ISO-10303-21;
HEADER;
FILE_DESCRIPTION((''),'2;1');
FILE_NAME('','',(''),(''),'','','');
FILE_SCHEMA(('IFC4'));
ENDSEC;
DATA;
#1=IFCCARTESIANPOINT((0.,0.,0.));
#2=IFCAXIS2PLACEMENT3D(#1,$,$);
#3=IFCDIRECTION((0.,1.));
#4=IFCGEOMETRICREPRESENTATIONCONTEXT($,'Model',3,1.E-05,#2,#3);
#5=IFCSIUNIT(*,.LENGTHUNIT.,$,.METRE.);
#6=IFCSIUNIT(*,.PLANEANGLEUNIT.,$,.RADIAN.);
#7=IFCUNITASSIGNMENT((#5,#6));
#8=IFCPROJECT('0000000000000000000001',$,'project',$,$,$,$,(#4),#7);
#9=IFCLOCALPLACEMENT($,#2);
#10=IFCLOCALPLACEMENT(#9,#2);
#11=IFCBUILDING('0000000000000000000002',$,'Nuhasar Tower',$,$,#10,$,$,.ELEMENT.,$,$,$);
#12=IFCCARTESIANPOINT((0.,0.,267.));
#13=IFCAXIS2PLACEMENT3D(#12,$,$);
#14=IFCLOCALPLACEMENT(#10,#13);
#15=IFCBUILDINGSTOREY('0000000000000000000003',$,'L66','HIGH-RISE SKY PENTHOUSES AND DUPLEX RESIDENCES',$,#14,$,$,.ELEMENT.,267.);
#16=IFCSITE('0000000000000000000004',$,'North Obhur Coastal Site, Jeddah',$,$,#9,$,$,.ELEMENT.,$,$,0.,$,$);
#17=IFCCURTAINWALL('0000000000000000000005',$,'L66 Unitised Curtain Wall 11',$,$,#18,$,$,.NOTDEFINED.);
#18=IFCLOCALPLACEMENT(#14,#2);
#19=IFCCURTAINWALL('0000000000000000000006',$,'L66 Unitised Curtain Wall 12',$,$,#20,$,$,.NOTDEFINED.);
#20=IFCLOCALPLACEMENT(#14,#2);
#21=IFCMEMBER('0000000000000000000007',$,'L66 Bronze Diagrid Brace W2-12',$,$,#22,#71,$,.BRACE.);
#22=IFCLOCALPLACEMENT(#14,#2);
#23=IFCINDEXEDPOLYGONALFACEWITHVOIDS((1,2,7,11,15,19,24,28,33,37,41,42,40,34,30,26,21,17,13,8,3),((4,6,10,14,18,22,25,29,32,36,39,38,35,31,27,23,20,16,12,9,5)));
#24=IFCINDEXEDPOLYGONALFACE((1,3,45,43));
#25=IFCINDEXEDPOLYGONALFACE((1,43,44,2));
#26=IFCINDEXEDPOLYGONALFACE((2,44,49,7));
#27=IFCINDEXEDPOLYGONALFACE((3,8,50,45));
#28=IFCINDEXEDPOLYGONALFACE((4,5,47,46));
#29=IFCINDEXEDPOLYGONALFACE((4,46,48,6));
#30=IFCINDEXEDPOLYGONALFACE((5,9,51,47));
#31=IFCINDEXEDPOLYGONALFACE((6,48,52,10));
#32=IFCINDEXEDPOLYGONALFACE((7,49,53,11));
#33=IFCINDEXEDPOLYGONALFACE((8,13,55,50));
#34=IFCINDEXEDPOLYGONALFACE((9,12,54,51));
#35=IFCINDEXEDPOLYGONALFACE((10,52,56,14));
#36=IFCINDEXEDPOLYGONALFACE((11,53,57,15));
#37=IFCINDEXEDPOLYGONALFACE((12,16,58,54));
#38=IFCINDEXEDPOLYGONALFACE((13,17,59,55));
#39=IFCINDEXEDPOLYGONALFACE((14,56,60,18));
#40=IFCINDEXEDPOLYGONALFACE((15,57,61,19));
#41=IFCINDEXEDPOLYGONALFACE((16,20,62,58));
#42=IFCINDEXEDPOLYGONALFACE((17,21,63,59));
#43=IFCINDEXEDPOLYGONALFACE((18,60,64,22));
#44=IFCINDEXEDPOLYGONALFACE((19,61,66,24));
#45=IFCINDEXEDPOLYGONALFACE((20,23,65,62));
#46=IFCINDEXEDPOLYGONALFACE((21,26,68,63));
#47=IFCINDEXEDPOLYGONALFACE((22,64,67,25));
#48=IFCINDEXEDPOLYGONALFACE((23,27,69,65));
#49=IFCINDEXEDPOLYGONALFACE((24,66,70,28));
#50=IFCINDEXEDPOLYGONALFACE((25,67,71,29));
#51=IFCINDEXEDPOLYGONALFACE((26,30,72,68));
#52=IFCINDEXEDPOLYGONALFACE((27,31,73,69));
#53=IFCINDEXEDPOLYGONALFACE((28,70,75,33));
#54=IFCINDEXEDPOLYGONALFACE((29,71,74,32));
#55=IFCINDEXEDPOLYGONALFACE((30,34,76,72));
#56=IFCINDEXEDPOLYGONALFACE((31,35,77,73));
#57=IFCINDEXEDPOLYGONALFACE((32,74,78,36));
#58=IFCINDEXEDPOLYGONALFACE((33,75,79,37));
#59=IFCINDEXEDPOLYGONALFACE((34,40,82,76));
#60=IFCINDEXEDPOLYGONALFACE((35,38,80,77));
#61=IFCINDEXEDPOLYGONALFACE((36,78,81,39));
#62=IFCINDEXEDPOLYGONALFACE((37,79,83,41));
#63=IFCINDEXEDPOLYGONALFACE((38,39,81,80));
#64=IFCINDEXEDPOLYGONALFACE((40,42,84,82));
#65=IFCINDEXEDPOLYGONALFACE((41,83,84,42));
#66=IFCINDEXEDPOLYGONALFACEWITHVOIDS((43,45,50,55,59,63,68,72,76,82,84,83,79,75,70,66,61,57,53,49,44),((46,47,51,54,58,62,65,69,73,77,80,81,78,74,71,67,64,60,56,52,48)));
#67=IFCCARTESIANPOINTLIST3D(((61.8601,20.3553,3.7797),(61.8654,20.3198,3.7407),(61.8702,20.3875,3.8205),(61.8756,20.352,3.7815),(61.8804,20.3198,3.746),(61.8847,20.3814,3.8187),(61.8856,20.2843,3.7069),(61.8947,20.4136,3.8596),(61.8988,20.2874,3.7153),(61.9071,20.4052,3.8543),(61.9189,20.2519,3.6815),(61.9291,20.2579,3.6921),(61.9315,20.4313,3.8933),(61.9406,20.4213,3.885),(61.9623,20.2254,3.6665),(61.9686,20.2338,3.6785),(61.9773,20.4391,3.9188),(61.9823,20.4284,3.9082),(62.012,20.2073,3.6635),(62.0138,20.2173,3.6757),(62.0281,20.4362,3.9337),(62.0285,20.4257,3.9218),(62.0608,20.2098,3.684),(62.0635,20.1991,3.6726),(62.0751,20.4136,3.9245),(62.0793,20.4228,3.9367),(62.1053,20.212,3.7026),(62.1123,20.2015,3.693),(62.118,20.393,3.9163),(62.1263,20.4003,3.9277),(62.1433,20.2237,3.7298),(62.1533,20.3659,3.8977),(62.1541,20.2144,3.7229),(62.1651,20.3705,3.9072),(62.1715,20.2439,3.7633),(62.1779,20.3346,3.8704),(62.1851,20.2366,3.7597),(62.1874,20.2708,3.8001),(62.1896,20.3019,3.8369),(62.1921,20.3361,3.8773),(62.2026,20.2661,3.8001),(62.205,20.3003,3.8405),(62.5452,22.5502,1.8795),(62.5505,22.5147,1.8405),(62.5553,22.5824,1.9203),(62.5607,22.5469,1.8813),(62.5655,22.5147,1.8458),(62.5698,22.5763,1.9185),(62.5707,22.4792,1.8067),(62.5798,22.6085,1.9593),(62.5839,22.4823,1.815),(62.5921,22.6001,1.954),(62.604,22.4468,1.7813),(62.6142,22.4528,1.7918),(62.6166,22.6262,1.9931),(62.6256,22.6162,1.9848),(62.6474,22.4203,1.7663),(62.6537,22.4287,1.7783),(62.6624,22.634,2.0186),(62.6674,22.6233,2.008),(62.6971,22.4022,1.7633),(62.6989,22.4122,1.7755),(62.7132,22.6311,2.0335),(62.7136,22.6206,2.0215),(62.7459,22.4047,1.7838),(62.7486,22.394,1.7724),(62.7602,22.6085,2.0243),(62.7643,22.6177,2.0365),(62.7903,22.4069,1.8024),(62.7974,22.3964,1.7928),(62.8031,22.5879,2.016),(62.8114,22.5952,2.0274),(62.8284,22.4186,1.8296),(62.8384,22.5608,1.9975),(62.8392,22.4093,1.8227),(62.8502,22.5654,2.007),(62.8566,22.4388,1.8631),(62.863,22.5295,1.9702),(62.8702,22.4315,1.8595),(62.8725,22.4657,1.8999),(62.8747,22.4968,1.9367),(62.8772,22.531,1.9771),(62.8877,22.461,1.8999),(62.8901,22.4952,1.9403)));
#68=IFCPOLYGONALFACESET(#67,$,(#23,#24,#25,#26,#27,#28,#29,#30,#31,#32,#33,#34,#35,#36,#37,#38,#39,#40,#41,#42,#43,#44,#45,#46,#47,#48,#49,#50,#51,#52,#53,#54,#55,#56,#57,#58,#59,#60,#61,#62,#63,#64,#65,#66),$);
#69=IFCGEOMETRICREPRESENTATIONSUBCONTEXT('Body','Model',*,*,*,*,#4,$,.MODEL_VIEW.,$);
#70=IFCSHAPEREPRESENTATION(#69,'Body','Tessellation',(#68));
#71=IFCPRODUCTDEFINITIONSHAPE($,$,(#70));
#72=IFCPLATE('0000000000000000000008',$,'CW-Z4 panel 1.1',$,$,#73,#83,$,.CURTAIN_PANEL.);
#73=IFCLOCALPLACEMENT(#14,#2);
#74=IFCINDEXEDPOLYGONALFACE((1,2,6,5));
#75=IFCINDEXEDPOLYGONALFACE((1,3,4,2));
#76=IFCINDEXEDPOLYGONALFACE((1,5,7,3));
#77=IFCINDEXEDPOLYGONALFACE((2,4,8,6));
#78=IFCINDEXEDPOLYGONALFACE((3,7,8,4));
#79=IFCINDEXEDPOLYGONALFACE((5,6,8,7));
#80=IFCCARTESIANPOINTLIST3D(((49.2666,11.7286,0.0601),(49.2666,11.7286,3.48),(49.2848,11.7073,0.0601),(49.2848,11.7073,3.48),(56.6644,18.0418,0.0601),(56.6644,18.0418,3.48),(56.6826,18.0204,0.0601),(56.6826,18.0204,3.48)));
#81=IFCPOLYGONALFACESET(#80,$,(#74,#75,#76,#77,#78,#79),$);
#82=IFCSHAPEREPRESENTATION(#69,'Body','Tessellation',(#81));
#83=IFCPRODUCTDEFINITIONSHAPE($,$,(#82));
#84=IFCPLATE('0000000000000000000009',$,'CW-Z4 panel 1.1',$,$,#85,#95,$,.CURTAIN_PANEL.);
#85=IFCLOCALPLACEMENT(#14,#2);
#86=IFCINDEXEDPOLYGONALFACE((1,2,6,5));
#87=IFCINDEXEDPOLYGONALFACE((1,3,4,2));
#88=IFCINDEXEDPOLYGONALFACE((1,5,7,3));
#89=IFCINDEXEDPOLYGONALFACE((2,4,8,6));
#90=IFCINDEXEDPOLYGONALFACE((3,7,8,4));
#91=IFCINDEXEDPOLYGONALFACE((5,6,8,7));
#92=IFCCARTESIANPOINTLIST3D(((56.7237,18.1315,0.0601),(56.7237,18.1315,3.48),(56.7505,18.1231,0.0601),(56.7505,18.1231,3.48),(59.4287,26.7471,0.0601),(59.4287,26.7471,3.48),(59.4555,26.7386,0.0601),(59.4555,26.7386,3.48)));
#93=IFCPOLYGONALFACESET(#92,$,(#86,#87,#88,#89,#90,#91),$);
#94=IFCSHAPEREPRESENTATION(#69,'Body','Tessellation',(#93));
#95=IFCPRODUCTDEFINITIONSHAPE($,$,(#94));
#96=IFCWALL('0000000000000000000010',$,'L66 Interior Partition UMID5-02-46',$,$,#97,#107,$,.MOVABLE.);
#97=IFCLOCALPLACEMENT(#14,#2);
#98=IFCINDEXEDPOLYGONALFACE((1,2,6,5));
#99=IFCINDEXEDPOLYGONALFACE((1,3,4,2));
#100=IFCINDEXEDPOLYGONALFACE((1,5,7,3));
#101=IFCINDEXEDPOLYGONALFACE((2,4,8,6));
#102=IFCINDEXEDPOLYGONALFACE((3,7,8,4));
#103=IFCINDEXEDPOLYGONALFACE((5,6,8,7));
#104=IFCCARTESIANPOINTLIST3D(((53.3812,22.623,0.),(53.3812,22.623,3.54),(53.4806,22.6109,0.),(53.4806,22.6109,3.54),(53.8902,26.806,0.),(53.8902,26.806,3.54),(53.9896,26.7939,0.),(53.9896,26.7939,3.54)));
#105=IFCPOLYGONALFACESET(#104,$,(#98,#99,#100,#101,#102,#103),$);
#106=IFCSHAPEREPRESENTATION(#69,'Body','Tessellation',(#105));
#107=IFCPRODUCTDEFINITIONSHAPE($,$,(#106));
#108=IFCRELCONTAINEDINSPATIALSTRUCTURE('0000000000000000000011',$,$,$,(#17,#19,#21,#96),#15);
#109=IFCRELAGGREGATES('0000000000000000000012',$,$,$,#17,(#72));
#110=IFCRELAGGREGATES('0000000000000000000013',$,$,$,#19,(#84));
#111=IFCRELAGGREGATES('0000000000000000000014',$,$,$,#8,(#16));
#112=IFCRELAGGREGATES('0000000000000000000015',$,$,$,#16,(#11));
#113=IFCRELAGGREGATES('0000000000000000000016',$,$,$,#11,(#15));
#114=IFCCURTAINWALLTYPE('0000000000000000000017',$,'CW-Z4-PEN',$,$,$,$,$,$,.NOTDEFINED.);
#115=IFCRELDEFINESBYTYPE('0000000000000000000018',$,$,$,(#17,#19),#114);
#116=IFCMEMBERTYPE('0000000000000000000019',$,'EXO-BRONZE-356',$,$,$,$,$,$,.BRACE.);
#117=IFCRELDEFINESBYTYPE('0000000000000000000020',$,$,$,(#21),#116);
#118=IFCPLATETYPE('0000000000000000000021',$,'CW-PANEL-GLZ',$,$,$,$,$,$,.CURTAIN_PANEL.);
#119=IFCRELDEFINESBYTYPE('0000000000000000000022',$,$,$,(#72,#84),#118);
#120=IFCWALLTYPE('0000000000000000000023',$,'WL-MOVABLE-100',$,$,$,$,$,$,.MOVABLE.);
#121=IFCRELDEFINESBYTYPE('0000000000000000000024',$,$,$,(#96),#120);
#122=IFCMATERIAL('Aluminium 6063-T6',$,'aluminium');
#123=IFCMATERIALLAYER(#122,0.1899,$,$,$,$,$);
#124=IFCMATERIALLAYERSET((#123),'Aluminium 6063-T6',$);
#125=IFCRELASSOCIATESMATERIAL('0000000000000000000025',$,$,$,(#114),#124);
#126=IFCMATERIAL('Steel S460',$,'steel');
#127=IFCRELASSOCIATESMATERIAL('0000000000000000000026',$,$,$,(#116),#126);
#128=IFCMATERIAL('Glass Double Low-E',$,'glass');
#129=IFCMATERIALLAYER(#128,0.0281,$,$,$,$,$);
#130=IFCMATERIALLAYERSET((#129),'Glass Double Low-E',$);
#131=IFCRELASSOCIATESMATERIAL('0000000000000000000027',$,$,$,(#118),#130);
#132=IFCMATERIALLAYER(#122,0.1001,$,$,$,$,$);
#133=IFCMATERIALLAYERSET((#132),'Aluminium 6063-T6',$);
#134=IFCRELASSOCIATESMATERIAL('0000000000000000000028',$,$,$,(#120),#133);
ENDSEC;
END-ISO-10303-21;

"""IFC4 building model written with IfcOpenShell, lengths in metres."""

from ifc_helpers import new_model, si_unit, direction, frame, frame_2d, origin, origin_2d, place, context, subcontext, project, spatial, rectangle, hollow_circle, extrude, material, layer, layer_set, material_profile, profile_set, type_object, element, aggregate, save


model = new_model("IFC4")

# Units and contexts
model_context = context("Model", 3, precision=1e-05, world=origin(), true_north=direction((0.0, 1.0)))
body_context = subcontext(model_context, "Body", "Model", "MODEL_VIEW")
ifc_project = project(units=[si_unit("LENGTHUNIT", "METRE"), si_unit("PLANEANGLEUNIT", "RADIAN")], contexts=[model_context])

# Site, building, storey
site_placement = place(None, origin())
site = spatial("IfcSite", under=ifc_project, at=site_placement, Name="North Obhur Coastal Site, Jeddah", CompositionType="ELEMENT", RefElevation=0.0)
building_placement = place(site_placement, origin())
building = spatial("IfcBuilding", under=site, at=building_placement, Name="Nuhasar Tower", CompositionType="ELEMENT")
storey_placement = place(building_placement, frame((0.0, 0.0, 267.0)))
storey = spatial("IfcBuildingStorey", under=building, at=storey_placement, Name="L66", Description="HIGH-RISE SKY PENTHOUSES AND DUPLEX RESIDENCES", CompositionType="ELEMENT", Elevation=267.0)

# Curtain wall
ifc_material_1 = material(Name="Aluminium 6063-T6", Category="aluminium")
ifc_layer_1 = layer(ifc_material_1, 0.1899)
ifc_layer_set_1 = layer_set([ifc_layer_1], Name="Aluminium 6063-T6")
curtain_wall_type = type_object("IfcCurtainWallType", Name="CW-Z4-PEN", PredefinedType="NOTDEFINED", material=ifc_layer_set_1)
curtain_wall_1_placement = place(storey_placement, origin())
curtain_wall_1 = element("IfcCurtainWall", 1, at=curtain_wall_1_placement, inside=storey, type_object=curtain_wall_type, Name="L66 Unitised Curtain Wall 11", PredefinedType="NOTDEFINED")

# Curtain wall
curtain_wall_2_placement = place(storey_placement, origin())
curtain_wall_2 = element("IfcCurtainWall", 2, at=curtain_wall_2_placement, inside=storey, type_object=curtain_wall_type, Name="L66 Unitised Curtain Wall 12", PredefinedType="NOTDEFINED")

# Member
ifc_material_2 = material(Name="Steel S460", Category="steel")
ifc_material_profile_1 = material_profile(ifc_material_2, hollow_circle(Radius=0.1777, WallThickness=0.0159, at=origin_2d()), Name="HSS355.6X15.9")
ifc_profile_set_1 = profile_set([ifc_material_profile_1], Name="Steel S460")
member_type_1 = type_object("IfcMemberType", Name="EXO-BRONZE-356", PredefinedType="BRACE", material=ifc_profile_set_1)
member_1_placement = place(storey_placement, frame((62.718, 22.5139, 1.8999), z_axis=(-0.229669, -0.735826, 0.637034), x_axis=(0.954582, -0.297948, 0.0)))
element("IfcMember", 3, at=member_1_placement, inside=storey, type_object=member_type_1, Name="L66 Bronze Diagrid Brace W2-12", PredefinedType="BRACE", context=body_context, shape_type="SweptSolid", body=[
    extrude(hollow_circle(Radius=0.1777, WallThickness=0.0159, at=origin_2d()), origin(), (0.0, 0.0, 1.0), 2.9829),
])

# Plates
ifc_material_3 = material(Name="Glass Double Low-E", Category="glass")
ifc_layer_2 = layer(ifc_material_3, 0.0281)
ifc_layer_set_2 = layer_set([ifc_layer_2], Name="Glass Double Low-E")
plate_type = type_object("IfcPlateType", Name="CW-PANEL-GLZ", PredefinedType="CURTAIN_PANEL", material=ifc_layer_set_2)
plate_1_placement = place(storey_placement, frame((52.9746, 14.8745, 0.0601), z_axis=(0.0, 0.0, 1.0), x_axis=(0.760667, 0.649142, 0.0)))
plate_1 = element("IfcPlate", 4, at=plate_1_placement, type_object=plate_type, Name="CW-Z4 panel 1.1", PredefinedType="CURTAIN_PANEL", context=body_context, shape_type="SweptSolid", body=[
    extrude(rectangle(XDim=9.7253, YDim=0.0281, at=origin_2d()), origin(), (0.0, 0.0, 1.0), 3.4199),
])
aggregate(curtain_wall_1, [plate_1])
plate_2_placement = place(storey_placement, frame((58.0896, 22.4351, 0.0601), z_axis=(0.0, 0.0, 1.0), x_axis=(0.299557, 0.954079, 0.0)))
plate_2 = element("IfcPlate", 5, at=plate_2_placement, type_object=plate_type, Name="CW-Z4 panel 1.1", PredefinedType="CURTAIN_PANEL", context=body_context, shape_type="SweptSolid", body=[
    extrude(rectangle(XDim=9.0303, YDim=0.0281, at=origin_2d()), origin(), (0.0, 0.0, 1.0), 3.4199),
])
aggregate(curtain_wall_2, [plate_2])

# Wall
ifc_layer_3 = layer(ifc_material_1, 0.1001)
ifc_layer_set_3 = layer_set([ifc_layer_3], Name="Aluminium 6063-T6")
wall_type = type_object("IfcWallType", Name="WL-MOVABLE-100", PredefinedType="MOVABLE", material=ifc_layer_set_3)
wall_placement = place(storey_placement, frame((53.4309, 22.6169, 0.0), z_axis=(0.0, 0.0, 1.0), x_axis=(0.120797, 0.992677, 0.0)))
element("IfcWall", 6, at=wall_placement, inside=storey, type_object=wall_type, Name="L66 Interior Partition UMID5-02-46", PredefinedType="MOVABLE", context=body_context, shape_type="SweptSolid", body=[
    extrude(rectangle(XDim=4.2139, YDim=0.1001, at=frame_2d((2.1069, 0.0))), origin(), (0.0, 0.0, 1.0), 3.54),
])

save(model, "model.ifc")
